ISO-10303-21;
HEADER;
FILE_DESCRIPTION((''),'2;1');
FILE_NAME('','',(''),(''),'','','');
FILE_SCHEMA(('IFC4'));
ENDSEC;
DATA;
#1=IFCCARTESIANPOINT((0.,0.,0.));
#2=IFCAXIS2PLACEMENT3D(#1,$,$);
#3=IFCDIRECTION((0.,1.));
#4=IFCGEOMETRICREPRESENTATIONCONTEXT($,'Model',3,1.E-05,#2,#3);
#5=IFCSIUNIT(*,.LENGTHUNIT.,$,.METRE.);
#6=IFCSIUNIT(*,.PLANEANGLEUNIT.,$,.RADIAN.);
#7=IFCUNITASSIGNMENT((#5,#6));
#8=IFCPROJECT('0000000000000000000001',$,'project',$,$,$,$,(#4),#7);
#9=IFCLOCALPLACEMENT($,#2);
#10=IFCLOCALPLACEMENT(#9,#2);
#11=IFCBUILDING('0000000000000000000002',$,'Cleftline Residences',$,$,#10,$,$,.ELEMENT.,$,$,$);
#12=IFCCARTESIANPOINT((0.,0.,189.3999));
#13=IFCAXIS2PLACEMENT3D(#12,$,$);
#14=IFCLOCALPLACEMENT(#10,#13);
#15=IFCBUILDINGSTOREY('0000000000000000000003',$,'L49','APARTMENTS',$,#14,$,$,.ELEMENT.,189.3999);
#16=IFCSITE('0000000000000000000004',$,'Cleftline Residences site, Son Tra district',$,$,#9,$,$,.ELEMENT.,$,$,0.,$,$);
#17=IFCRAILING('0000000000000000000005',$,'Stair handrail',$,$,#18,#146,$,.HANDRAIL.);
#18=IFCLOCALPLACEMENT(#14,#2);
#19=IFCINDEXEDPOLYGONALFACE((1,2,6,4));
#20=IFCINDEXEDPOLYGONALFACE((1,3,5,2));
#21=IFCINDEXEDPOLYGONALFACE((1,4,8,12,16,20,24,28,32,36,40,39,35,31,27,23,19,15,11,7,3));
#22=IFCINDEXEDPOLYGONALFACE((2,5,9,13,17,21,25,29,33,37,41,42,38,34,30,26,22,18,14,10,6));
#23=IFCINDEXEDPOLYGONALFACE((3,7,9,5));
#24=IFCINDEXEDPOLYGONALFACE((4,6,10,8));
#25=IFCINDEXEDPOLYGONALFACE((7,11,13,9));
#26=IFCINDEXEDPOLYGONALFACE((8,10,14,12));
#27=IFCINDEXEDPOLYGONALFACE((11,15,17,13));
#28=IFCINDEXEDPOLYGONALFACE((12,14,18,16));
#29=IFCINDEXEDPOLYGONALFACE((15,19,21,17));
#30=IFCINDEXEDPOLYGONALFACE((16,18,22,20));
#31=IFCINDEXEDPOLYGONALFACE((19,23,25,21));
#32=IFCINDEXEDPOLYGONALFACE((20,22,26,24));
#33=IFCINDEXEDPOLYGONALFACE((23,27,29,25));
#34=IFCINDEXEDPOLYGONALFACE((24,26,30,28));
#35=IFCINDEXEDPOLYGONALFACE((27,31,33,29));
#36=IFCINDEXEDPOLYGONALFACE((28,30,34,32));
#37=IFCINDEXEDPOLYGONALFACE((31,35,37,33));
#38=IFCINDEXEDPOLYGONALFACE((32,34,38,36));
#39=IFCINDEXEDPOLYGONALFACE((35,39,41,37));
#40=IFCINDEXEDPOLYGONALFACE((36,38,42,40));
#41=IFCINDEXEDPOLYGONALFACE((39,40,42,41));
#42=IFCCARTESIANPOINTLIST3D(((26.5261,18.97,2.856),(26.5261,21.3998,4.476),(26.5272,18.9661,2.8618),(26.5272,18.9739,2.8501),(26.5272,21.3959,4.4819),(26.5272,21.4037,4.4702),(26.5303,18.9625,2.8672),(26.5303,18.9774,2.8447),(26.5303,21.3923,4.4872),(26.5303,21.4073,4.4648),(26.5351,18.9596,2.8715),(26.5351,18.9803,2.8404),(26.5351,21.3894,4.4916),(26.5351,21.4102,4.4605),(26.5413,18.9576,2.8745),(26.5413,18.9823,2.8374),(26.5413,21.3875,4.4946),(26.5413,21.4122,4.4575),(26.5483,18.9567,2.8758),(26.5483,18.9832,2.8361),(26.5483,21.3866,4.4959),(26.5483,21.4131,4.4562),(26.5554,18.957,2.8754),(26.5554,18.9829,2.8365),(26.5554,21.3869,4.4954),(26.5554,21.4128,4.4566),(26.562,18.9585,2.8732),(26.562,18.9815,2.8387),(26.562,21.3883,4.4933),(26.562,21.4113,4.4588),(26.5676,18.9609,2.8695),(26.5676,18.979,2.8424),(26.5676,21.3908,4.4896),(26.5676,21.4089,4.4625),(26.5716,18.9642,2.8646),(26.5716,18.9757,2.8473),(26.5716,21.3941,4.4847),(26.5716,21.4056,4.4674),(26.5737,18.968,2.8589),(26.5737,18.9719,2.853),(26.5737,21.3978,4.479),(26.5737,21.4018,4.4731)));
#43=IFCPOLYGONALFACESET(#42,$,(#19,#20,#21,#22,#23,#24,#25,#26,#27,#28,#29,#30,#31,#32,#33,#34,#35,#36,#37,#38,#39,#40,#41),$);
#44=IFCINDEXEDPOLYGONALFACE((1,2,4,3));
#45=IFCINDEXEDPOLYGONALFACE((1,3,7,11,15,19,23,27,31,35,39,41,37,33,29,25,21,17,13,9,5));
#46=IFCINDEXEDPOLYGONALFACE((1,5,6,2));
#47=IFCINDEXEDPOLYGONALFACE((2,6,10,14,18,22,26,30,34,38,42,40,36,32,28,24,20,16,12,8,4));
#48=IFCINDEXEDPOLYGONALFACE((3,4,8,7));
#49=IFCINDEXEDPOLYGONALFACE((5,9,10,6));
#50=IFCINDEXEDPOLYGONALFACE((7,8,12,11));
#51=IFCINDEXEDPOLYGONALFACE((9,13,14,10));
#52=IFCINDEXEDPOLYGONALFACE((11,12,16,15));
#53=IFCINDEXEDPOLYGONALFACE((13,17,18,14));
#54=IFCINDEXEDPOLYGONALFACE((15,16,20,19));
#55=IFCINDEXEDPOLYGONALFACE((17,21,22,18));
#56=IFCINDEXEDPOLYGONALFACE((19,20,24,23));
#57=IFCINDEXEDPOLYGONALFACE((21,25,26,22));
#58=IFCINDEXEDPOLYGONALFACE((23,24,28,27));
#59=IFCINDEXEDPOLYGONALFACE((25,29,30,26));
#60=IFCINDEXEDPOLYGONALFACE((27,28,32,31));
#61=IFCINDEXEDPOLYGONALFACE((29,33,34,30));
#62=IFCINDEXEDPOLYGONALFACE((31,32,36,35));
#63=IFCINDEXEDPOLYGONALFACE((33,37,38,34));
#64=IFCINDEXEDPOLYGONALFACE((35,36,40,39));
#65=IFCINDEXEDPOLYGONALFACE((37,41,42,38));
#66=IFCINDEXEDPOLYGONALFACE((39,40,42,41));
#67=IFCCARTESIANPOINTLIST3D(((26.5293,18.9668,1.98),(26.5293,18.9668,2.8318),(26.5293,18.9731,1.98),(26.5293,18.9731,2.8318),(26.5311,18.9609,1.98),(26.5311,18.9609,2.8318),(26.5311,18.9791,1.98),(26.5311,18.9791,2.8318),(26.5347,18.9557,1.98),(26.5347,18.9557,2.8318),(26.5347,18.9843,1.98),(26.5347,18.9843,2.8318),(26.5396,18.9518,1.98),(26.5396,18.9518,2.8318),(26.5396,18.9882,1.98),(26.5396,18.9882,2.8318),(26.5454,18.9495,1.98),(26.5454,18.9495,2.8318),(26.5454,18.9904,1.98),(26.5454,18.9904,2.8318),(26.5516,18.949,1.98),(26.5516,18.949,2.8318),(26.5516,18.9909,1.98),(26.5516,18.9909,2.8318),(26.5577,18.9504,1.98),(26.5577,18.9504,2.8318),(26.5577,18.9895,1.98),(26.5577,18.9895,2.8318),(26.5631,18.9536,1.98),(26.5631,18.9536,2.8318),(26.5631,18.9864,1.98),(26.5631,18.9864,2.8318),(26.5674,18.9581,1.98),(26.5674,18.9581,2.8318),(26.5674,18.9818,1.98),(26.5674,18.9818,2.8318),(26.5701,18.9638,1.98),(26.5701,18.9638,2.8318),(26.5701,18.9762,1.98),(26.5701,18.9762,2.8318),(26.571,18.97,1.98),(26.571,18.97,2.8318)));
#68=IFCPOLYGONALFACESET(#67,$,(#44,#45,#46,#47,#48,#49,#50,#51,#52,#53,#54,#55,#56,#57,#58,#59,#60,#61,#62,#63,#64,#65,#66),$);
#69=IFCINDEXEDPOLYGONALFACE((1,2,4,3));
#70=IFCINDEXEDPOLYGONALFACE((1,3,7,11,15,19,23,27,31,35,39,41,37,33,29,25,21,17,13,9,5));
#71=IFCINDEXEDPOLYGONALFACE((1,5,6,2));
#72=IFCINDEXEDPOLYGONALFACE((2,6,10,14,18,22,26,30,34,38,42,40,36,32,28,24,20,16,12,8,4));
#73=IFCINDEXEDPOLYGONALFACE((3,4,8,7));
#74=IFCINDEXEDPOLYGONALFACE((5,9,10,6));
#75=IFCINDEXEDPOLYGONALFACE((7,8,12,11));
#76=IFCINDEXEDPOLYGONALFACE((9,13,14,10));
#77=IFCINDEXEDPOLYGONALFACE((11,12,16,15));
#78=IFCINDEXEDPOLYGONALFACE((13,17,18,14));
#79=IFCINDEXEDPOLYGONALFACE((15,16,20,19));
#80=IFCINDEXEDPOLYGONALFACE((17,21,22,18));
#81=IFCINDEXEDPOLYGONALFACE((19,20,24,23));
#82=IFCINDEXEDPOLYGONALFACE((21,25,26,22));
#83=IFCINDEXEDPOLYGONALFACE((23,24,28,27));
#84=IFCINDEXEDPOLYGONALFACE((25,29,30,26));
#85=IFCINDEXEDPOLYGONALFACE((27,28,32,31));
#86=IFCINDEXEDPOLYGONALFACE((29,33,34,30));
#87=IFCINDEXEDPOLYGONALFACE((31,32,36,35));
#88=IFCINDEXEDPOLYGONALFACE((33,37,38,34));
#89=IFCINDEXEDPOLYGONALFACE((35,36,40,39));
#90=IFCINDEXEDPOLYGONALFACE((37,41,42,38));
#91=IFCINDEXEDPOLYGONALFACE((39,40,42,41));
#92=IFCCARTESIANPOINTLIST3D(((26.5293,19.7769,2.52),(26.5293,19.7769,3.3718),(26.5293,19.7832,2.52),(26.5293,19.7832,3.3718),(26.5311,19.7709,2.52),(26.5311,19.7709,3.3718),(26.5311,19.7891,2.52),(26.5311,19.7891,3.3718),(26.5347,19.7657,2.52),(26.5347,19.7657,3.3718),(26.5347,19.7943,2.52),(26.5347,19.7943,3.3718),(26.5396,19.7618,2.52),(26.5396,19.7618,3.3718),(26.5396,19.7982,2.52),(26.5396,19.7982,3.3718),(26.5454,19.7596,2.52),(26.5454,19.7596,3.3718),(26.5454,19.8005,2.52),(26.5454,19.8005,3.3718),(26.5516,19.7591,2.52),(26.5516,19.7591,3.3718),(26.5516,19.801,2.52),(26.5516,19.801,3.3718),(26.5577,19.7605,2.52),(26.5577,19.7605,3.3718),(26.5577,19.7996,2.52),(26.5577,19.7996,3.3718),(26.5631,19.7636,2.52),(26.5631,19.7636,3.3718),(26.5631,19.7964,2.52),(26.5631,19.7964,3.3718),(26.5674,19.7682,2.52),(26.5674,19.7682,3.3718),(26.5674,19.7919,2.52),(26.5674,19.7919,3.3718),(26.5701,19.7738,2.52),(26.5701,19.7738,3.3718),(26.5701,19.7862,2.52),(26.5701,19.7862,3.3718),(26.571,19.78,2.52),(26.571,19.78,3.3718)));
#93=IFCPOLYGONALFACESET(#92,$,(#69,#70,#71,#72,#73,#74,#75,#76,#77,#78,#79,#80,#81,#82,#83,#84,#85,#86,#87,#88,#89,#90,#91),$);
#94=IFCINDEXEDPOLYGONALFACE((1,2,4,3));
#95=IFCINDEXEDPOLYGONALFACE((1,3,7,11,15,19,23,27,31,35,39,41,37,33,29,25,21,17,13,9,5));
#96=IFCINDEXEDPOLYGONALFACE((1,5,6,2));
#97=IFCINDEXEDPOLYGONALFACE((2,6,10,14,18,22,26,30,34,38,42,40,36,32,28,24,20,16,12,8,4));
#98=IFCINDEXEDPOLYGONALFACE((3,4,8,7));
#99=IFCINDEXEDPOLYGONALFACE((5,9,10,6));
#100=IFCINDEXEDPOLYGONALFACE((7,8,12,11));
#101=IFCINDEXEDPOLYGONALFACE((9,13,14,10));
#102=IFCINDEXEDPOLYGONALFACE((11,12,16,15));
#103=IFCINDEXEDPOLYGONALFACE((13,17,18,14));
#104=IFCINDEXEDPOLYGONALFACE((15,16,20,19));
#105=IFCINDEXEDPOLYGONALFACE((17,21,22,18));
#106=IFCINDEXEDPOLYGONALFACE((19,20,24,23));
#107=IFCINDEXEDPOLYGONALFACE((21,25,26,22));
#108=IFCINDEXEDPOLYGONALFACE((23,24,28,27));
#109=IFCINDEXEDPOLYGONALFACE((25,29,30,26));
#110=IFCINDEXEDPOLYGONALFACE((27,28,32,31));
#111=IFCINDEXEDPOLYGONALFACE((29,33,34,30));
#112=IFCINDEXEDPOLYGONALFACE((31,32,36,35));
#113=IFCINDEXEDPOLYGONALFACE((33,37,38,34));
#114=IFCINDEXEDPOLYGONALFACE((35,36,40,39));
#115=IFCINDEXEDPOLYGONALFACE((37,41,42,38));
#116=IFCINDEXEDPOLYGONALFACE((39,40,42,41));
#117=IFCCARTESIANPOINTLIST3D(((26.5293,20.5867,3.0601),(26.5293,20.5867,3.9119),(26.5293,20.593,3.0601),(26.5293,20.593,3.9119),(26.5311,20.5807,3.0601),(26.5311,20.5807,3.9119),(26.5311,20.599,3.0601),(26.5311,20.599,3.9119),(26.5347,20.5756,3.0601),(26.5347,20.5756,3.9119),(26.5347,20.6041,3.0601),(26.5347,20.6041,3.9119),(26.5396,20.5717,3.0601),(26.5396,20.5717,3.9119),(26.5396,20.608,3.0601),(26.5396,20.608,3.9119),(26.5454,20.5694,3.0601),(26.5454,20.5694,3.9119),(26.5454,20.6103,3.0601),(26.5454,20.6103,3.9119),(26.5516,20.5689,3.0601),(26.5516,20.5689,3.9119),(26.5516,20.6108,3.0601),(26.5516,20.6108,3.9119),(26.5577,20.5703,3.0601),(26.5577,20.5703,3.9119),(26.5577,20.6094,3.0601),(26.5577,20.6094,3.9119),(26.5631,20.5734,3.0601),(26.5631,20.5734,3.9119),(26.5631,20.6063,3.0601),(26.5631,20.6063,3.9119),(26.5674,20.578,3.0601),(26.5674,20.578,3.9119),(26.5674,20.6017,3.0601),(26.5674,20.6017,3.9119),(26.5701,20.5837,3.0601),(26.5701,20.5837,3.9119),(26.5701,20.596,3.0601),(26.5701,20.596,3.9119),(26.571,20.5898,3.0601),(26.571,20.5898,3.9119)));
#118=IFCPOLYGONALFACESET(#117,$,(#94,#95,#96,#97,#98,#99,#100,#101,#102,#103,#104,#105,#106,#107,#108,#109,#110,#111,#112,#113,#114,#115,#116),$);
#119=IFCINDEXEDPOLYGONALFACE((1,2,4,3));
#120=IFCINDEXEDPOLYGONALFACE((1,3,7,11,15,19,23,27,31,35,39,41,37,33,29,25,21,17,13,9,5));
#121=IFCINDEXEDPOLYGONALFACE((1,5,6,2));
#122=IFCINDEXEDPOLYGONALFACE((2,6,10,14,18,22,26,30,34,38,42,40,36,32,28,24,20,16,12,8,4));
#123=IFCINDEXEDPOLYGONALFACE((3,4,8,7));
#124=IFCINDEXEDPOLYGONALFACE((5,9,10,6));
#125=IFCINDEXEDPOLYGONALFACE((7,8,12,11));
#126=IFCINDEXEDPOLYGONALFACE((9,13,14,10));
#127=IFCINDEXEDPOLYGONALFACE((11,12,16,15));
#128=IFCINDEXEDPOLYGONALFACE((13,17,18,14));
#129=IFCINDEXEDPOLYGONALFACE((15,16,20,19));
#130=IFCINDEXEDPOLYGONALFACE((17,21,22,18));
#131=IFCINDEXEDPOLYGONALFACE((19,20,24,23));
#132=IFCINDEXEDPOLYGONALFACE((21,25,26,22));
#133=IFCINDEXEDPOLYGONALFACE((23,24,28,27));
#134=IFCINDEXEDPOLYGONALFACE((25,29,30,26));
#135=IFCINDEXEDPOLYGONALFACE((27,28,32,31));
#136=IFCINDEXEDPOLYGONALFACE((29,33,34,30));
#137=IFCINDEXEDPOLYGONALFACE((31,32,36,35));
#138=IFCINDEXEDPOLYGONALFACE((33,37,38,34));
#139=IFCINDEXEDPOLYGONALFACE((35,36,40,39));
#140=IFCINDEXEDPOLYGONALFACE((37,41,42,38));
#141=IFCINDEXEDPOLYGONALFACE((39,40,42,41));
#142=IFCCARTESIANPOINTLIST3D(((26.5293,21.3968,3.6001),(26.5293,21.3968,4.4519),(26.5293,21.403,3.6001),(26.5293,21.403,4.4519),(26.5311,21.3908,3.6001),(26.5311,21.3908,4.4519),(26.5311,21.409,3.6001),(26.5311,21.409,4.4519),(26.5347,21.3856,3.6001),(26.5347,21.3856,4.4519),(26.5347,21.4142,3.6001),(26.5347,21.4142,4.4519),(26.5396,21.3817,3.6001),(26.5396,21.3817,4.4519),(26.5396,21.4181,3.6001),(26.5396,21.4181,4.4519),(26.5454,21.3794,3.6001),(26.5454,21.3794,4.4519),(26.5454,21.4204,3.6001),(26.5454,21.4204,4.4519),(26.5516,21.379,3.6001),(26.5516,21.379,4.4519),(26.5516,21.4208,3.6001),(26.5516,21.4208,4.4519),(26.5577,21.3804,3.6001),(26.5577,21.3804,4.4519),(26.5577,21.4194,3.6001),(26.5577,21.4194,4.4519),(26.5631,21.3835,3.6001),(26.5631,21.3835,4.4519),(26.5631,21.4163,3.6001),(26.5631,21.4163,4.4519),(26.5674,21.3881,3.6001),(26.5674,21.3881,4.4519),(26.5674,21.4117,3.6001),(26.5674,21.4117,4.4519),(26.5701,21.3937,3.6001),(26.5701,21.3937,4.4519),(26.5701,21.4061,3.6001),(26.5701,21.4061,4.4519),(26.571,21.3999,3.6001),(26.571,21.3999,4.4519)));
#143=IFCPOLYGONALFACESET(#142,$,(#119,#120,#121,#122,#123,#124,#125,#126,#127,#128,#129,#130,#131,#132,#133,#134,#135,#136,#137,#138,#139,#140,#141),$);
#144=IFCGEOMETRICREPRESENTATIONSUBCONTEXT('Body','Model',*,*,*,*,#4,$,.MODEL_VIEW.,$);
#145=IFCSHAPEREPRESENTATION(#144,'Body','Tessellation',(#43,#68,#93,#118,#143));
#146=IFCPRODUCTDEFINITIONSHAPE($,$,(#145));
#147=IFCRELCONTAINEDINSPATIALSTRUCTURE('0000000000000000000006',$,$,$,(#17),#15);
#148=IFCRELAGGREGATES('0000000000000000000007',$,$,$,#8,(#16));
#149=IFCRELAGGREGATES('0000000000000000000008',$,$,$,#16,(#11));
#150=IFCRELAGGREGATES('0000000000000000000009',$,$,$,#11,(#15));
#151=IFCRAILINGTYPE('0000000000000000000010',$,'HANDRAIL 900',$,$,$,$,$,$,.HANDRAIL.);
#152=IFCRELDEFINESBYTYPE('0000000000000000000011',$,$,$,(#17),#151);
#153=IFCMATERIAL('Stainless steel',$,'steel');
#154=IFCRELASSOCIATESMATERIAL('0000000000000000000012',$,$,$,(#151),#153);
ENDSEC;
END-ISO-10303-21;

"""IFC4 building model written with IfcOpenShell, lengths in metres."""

from ifc_helpers import new_model, si_unit, direction, frame, origin, origin_2d, place, context, subcontext, project, spatial, circle, extrude, material, type_object, element, save


model = new_model("IFC4")

# Units and contexts
model_context = context("Model", 3, precision=1e-05, world=origin(), true_north=direction((0.0, 1.0)))
body_context = subcontext(model_context, "Body", "Model", "MODEL_VIEW")
ifc_project = project(units=[si_unit("LENGTHUNIT", "METRE"), si_unit("PLANEANGLEUNIT", "RADIAN")], contexts=[model_context])

# Site, building, storey
site_placement = place(None, origin())
site = spatial("IfcSite", under=ifc_project, at=site_placement, Name="Cleftline Residences site, Son Tra district", CompositionType="ELEMENT", RefElevation=0.0)
building_placement = place(site_placement, origin())
building = spatial("IfcBuilding", under=site, at=building_placement, Name="Cleftline Residences", CompositionType="ELEMENT")
storey_placement = place(building_placement, frame((0.0, 0.0, 189.3999)))
storey = spatial("IfcBuildingStorey", under=building, at=storey_placement, Name="L49", Description="APARTMENTS", CompositionType="ELEMENT", Elevation=189.3999)

# Railing
ifc_material_1 = material(Name="Stainless steel", Category="steel")
railing_type = type_object("IfcRailingType", Name="HANDRAIL 900", PredefinedType="HANDRAIL", material=ifc_material_1)
railing_1_placement = place(storey_placement, frame((26.55, 18.97, 1.98)))
element("IfcRailing", 1, at=railing_1_placement, inside=storey, type_object=railing_type, Name="Stair handrail", PredefinedType="HANDRAIL", context=body_context, shape_type="SweptSolid", body=[
    extrude(circle(Radius=0.0239, at=origin_2d()), frame((0.0, 0.0, 0.876), z_axis=(0.0, 0.832025, 0.554739), x_axis=(-1.0, 0.0, 0.0)), (0.0, 0.0, 1.0), 2.9204),
    extrude(circle(Radius=0.021, at=origin_2d()), origin(), (0.0, 0.0, 1.0), 0.8518),
    extrude(circle(Radius=0.021, at=origin_2d()), frame((0.0, 0.8101, 0.54)), (0.0, 0.0, 1.0), 0.8518),
    extrude(circle(Radius=0.021, at=origin_2d()), frame((0.0, 1.6199, 1.0801)), (0.0, 0.0, 1.0), 0.8518),
    extrude(circle(Radius=0.021, at=origin_2d()), frame((0.0, 2.4299, 1.6201)), (0.0, 0.0, 1.0), 0.8518),
])

save(model, "model.ifc")
